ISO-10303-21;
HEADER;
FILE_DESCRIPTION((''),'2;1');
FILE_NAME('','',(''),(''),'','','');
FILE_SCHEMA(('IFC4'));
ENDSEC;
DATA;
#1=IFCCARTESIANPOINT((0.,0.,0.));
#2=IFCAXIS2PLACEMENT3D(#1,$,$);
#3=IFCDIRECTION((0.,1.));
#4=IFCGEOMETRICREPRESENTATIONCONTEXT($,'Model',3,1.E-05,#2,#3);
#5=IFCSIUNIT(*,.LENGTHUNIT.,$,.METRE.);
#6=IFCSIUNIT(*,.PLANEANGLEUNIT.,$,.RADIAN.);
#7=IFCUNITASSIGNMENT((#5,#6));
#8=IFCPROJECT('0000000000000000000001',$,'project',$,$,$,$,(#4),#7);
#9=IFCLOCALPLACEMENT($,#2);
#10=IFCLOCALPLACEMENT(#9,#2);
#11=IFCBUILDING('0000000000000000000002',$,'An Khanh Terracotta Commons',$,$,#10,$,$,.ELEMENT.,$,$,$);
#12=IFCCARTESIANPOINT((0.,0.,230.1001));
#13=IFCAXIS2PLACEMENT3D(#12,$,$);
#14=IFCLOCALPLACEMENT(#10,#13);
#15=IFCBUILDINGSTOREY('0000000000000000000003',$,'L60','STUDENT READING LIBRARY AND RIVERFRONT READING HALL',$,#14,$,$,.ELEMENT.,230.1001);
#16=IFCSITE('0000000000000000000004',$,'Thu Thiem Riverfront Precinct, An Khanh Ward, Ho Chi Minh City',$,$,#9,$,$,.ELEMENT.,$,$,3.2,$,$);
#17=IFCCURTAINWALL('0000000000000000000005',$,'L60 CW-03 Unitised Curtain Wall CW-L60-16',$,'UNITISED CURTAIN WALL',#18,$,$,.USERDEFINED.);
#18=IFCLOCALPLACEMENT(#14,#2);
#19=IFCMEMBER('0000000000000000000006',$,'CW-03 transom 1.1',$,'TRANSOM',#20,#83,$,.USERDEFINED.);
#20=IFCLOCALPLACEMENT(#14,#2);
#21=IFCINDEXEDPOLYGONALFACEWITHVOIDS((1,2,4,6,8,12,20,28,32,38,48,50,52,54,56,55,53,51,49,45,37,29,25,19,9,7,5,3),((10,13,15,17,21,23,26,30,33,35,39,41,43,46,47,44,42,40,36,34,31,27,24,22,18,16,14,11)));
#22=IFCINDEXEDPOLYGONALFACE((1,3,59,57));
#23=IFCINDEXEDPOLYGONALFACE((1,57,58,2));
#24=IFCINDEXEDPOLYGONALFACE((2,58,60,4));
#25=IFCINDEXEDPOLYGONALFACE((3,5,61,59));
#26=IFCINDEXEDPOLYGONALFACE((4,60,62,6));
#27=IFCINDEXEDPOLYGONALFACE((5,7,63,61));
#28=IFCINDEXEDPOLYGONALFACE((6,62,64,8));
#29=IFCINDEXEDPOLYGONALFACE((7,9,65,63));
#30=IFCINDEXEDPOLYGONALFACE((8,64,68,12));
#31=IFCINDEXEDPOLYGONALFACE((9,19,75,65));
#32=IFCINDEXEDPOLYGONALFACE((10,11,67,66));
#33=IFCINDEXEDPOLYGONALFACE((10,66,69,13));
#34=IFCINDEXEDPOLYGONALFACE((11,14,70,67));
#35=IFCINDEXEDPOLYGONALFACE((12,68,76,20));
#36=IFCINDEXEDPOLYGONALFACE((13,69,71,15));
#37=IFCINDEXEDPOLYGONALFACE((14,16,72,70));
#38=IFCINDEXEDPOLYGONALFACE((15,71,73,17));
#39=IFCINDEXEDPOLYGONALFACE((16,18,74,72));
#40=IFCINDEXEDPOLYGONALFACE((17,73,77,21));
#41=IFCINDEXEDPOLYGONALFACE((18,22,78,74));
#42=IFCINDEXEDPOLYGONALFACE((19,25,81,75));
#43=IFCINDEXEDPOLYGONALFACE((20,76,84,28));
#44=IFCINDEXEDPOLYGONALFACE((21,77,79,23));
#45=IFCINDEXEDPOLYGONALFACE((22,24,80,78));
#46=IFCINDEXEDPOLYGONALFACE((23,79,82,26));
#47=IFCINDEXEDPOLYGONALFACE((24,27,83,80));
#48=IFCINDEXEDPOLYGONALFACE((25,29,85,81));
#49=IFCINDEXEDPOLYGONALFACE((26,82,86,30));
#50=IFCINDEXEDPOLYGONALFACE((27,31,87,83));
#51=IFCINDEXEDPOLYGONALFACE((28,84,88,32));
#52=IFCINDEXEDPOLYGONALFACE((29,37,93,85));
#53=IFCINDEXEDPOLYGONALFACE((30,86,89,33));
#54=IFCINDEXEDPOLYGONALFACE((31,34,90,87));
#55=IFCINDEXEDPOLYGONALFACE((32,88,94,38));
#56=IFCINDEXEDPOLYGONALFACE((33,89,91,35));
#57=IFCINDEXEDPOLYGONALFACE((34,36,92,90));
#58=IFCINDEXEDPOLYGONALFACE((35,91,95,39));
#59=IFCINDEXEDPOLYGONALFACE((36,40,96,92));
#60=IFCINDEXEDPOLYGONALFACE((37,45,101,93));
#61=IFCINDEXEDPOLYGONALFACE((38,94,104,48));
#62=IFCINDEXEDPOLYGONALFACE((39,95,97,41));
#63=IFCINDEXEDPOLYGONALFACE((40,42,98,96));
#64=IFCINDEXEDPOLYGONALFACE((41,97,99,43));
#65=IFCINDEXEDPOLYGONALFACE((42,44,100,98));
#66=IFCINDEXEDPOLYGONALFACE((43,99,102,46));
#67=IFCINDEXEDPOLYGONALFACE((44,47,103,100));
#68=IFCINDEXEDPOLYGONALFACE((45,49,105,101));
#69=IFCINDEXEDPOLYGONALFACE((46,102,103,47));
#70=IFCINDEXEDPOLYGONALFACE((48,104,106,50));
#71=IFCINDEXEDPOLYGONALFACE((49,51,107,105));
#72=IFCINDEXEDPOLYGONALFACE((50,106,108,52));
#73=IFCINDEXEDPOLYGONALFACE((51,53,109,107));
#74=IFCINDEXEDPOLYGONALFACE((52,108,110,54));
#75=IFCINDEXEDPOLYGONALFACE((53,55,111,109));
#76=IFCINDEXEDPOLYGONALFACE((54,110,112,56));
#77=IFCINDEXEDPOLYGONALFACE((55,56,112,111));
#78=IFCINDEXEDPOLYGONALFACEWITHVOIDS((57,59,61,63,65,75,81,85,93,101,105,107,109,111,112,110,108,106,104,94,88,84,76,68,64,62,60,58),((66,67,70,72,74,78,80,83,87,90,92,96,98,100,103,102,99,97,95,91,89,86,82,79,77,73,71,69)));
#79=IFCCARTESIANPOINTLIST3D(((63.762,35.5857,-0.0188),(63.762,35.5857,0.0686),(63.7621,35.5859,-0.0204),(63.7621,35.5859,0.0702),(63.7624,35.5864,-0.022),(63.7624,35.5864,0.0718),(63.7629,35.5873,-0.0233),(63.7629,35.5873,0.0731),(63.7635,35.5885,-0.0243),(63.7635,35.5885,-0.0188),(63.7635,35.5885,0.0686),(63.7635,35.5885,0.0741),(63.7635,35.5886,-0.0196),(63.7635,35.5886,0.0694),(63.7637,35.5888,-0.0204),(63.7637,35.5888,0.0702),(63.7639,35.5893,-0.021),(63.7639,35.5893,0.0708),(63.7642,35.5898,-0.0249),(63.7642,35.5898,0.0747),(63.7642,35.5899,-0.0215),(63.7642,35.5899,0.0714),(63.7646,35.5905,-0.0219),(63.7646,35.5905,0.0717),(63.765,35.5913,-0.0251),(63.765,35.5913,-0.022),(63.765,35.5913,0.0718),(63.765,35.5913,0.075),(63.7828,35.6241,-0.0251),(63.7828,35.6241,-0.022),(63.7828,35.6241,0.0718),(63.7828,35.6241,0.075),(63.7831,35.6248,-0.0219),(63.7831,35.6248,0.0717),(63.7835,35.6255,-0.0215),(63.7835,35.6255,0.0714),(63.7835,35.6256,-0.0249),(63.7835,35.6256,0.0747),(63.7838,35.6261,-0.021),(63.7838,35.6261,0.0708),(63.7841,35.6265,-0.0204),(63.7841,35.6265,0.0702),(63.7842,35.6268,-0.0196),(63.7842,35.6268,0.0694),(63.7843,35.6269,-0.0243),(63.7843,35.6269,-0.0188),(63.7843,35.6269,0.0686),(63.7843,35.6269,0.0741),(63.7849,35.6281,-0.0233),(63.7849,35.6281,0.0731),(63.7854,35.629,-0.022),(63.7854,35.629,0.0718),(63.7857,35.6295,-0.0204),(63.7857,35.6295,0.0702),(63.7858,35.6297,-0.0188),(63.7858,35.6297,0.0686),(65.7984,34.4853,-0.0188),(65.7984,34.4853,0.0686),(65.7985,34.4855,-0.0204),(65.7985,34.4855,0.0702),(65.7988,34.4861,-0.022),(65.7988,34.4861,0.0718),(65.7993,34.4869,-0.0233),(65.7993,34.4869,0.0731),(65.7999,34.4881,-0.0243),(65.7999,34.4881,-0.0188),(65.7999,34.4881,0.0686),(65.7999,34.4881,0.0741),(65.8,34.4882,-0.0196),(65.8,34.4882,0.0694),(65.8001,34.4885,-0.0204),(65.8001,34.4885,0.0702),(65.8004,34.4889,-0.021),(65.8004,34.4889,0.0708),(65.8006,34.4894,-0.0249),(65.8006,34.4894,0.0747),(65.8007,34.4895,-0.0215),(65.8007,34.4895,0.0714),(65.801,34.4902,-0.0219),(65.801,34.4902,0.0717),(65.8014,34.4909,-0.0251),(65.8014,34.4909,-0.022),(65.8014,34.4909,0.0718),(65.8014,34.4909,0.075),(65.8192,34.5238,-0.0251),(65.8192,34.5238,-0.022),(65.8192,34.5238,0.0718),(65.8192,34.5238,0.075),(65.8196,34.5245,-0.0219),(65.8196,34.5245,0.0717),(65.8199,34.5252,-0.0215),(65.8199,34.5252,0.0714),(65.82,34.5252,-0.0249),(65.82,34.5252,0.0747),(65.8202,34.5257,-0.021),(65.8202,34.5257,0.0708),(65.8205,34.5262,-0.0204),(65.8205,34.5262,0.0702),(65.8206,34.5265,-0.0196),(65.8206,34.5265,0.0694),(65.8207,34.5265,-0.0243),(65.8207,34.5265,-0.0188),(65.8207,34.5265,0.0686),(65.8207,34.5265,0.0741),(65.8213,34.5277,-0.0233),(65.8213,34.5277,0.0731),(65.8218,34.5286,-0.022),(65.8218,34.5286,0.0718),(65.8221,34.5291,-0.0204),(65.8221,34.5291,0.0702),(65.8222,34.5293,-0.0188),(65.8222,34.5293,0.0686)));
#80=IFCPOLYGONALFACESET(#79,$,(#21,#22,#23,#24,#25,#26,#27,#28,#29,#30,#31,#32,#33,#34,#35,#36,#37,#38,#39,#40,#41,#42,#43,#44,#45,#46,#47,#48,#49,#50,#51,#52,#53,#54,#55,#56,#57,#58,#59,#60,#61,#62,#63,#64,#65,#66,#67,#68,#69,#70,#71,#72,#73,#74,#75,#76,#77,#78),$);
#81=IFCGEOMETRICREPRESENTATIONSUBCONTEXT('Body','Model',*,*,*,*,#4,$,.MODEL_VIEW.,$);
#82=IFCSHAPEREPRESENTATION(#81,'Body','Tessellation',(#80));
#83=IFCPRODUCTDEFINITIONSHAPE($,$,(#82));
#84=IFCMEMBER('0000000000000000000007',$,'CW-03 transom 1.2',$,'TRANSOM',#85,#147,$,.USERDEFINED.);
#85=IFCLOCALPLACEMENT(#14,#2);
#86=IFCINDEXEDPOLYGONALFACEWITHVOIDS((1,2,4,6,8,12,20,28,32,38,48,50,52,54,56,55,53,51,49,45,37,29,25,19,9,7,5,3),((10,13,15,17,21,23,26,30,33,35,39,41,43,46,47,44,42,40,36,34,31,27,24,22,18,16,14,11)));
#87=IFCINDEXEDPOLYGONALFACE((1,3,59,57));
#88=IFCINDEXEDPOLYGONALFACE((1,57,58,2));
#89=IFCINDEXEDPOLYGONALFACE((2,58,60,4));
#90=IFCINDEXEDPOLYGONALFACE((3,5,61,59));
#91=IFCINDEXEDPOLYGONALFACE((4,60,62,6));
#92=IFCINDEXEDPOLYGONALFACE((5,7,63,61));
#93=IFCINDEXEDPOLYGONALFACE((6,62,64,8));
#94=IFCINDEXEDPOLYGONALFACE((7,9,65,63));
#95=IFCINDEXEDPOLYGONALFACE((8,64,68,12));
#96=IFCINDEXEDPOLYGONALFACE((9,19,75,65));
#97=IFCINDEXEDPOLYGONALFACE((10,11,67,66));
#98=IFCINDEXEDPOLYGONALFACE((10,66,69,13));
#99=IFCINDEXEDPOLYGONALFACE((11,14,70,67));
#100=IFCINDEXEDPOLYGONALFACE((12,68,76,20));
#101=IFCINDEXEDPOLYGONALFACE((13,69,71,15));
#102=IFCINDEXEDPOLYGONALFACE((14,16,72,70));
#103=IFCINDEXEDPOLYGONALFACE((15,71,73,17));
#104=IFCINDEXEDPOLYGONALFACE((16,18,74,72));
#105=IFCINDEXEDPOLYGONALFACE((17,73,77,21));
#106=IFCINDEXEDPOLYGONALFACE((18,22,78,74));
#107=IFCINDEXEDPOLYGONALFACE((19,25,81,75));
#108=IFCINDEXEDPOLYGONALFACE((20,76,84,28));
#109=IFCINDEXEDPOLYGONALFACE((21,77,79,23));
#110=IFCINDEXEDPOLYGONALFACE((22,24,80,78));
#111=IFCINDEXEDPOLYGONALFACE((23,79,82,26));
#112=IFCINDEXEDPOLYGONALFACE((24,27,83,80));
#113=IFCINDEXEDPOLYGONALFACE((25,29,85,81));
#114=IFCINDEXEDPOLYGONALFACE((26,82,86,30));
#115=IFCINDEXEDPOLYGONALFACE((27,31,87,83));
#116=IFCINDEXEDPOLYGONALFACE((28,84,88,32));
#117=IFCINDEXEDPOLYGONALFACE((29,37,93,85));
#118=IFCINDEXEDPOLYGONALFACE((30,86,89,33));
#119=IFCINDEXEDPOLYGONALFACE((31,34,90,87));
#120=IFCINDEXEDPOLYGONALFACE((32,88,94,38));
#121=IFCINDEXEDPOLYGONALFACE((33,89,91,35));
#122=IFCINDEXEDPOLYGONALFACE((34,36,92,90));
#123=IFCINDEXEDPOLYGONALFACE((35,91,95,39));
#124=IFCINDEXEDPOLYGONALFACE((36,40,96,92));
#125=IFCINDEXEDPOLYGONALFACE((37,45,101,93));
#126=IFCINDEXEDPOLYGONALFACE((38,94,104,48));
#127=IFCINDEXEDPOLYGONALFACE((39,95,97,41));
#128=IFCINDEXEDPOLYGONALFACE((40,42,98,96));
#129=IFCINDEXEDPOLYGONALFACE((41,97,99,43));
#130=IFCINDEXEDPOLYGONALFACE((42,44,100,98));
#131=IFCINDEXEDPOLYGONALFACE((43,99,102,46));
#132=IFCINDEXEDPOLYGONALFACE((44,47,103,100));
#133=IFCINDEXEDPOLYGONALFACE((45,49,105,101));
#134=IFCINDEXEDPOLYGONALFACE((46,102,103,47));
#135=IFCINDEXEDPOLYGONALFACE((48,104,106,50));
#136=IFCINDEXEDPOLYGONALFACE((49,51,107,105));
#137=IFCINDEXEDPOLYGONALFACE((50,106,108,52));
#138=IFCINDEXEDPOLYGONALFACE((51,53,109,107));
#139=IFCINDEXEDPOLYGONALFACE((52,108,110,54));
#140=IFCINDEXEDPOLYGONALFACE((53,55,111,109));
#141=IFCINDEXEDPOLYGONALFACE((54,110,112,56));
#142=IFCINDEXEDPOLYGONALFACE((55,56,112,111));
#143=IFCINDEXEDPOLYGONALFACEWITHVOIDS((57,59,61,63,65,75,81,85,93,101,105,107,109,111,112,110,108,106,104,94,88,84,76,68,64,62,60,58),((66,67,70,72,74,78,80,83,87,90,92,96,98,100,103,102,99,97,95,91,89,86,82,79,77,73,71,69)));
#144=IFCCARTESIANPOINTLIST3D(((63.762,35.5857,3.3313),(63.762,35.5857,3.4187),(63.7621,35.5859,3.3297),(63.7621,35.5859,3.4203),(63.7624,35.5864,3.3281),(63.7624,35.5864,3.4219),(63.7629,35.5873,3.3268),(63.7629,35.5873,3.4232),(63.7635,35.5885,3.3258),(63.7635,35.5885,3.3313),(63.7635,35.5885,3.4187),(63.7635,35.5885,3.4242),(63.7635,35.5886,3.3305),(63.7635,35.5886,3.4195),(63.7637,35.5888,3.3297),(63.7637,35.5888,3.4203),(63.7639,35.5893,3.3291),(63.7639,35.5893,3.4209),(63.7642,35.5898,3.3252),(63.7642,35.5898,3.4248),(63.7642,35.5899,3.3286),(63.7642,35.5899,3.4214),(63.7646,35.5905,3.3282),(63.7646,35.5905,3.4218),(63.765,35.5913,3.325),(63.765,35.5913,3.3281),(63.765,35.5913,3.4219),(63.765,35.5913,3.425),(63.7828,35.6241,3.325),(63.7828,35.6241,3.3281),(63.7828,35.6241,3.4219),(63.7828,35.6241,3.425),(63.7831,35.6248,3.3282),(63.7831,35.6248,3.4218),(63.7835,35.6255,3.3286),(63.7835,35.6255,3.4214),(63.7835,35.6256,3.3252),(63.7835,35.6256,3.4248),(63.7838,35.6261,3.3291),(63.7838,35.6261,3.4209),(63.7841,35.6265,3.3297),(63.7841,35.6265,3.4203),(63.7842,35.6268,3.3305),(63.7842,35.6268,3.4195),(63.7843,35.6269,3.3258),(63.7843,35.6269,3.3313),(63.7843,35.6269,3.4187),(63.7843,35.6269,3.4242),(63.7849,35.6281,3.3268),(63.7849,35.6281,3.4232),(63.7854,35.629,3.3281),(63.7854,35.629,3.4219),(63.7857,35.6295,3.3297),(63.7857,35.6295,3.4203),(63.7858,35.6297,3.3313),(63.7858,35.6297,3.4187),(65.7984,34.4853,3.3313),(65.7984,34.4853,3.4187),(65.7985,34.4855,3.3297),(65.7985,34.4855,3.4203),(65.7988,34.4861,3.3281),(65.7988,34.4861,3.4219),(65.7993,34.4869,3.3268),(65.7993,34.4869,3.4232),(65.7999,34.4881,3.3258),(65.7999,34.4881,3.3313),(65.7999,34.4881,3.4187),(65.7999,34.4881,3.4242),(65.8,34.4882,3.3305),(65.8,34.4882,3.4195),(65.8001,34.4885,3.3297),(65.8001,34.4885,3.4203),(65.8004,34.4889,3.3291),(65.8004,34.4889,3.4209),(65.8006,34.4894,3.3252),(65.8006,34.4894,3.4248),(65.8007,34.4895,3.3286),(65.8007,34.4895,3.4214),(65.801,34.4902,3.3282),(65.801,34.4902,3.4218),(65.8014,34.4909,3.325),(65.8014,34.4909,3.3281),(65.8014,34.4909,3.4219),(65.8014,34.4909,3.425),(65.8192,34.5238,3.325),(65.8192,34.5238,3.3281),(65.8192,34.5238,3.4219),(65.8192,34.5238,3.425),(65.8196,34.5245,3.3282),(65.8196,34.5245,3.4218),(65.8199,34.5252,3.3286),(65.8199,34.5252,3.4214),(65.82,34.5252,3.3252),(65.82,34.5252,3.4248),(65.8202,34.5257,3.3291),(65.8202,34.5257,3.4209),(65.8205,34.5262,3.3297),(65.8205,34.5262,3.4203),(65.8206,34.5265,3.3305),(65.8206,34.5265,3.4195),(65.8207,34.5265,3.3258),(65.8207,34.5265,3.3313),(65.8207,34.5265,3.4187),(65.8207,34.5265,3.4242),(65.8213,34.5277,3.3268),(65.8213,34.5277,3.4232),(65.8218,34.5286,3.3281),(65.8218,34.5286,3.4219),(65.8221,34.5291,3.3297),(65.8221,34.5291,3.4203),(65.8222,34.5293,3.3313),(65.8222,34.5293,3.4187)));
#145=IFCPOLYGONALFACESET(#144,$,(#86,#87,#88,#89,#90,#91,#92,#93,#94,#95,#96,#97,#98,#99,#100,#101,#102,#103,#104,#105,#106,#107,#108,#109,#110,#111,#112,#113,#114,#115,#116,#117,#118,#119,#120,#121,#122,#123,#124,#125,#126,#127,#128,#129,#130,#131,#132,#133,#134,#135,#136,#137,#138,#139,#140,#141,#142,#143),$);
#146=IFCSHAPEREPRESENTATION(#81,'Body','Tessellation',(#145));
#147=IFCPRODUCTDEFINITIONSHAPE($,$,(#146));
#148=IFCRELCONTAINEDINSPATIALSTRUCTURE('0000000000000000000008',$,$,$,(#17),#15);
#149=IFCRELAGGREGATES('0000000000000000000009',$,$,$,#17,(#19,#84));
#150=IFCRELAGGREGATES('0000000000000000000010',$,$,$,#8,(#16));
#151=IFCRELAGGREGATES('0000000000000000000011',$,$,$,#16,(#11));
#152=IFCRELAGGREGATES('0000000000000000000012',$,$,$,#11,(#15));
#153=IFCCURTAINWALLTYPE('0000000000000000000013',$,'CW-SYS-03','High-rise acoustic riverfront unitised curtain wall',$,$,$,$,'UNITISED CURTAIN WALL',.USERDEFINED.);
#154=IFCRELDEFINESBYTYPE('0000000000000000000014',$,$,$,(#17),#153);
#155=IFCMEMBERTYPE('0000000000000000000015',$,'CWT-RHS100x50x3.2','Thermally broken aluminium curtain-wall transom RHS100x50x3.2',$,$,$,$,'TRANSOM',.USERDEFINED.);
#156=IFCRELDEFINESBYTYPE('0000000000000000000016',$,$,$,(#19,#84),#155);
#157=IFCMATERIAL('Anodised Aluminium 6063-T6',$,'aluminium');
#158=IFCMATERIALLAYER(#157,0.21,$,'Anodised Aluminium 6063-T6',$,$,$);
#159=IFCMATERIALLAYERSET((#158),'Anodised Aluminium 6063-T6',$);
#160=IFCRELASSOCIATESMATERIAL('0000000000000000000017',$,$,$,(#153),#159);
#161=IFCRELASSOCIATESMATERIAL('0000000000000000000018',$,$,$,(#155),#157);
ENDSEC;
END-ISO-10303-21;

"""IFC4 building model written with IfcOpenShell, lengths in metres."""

from ifc_helpers import new_model, si_unit, direction, frame, origin, origin_2d, place, context, subcontext, project, spatial, hollow_rectangle, extrude, material, layer, layer_set, material_profile, profile_set, type_object, element, aggregate, save


model = new_model("IFC4")

# Units and contexts
model_context = context("Model", 3, precision=1e-05, world=origin(), true_north=direction((0.0, 1.0)))
body_context = subcontext(model_context, "Body", "Model", "MODEL_VIEW")
ifc_project = project(units=[si_unit("LENGTHUNIT", "METRE"), si_unit("PLANEANGLEUNIT", "RADIAN")], contexts=[model_context])

# Site, building, storey
site_placement = place(None, origin())
site = spatial("IfcSite", under=ifc_project, at=site_placement, Name="Thu Thiem Riverfront Precinct, An Khanh Ward, Ho Chi Minh City", CompositionType="ELEMENT", RefElevation=3.2)
building_placement = place(site_placement, origin())
building = spatial("IfcBuilding", under=site, at=building_placement, Name="An Khanh Terracotta Commons", CompositionType="ELEMENT")
storey_placement = place(building_placement, frame((0.0, 0.0, 230.1001)))
storey = spatial("IfcBuildingStorey", under=building, at=storey_placement, Name="L60", Description="STUDENT READING LIBRARY AND RIVERFRONT READING HALL", CompositionType="ELEMENT", Elevation=230.1001)

# Curtain wall, members
ifc_material_1 = material(Name="Anodised Aluminium 6063-T6", Category="aluminium")
ifc_layer_1 = layer(ifc_material_1, 0.21, Name="Anodised Aluminium 6063-T6")
ifc_layer_set_1 = layer_set([ifc_layer_1], Name="Anodised Aluminium 6063-T6")
curtain_wall_type_1 = type_object("IfcCurtainWallType", Name="CW-SYS-03", Description="High-rise acoustic riverfront unitised curtain wall", ElementType="UNITISED CURTAIN WALL", PredefinedType="USERDEFINED", material=ifc_layer_set_1)
curtain_wall_1_placement = place(storey_placement, origin())
curtain_wall_1 = element("IfcCurtainWall", 1, at=curtain_wall_1_placement, inside=storey, type_object=curtain_wall_type_1, Name="L60 CW-03 Unitised Curtain Wall CW-L60-16", ObjectType="UNITISED CURTAIN WALL", PredefinedType="USERDEFINED")
ifc_material_profile_1 = material_profile(ifc_material_1, hollow_rectangle(XDim=0.05, YDim=0.1001, WallThickness=0.0032, InnerFilletRadius=0.0032, OuterFilletRadius=0.0063, at=origin_2d()), Name="RHS100x50x3.2")
ifc_profile_set_1 = profile_set([ifc_material_profile_1], Name="Anodised Aluminium 6063-T6")
member_type_1 = type_object("IfcMemberType", Name="CWT-RHS100x50x3.2", Description="Thermally broken aluminium curtain-wall transom RHS100x50x3.2", ElementType="TRANSOM", PredefinedType="USERDEFINED", material=ifc_profile_set_1)
member_1_placement = place(storey_placement, frame((65.8103, 34.5073, 0.0249), z_axis=(-0.879779, 0.475382, 0.0), x_axis=(-0.475382, -0.879779, 0.0)))
member_1 = element("IfcMember", 2, at=member_1_placement, type_object=member_type_1, Name="CW-03 transom 1.1", ObjectType="TRANSOM", PredefinedType="USERDEFINED", context=body_context, shape_type="SweptSolid", body=[
    extrude(hollow_rectangle(XDim=0.05, YDim=0.1001, WallThickness=0.0032, InnerFilletRadius=0.0032, OuterFilletRadius=0.0063, at=origin_2d()), origin(), (0.0, 0.0, 1.0), 2.3147),
])
member_2_placement = place(storey_placement, frame((65.8103, 34.5073, 3.375), z_axis=(-0.879779, 0.475382, 0.0), x_axis=(-0.475382, -0.879779, 0.0)))
member_2 = element("IfcMember", 3, at=member_2_placement, type_object=member_type_1, Name="CW-03 transom 1.2", ObjectType="TRANSOM", PredefinedType="USERDEFINED", context=body_context, shape_type="SweptSolid", body=[
    extrude(hollow_rectangle(XDim=0.05, YDim=0.1001, WallThickness=0.0032, InnerFilletRadius=0.0032, OuterFilletRadius=0.0063, at=origin_2d()), origin(), (0.0, 0.0, 1.0), 2.3147),
])

aggregate(curtain_wall_1, [member_1, member_2])

save(model, "model.ifc")
